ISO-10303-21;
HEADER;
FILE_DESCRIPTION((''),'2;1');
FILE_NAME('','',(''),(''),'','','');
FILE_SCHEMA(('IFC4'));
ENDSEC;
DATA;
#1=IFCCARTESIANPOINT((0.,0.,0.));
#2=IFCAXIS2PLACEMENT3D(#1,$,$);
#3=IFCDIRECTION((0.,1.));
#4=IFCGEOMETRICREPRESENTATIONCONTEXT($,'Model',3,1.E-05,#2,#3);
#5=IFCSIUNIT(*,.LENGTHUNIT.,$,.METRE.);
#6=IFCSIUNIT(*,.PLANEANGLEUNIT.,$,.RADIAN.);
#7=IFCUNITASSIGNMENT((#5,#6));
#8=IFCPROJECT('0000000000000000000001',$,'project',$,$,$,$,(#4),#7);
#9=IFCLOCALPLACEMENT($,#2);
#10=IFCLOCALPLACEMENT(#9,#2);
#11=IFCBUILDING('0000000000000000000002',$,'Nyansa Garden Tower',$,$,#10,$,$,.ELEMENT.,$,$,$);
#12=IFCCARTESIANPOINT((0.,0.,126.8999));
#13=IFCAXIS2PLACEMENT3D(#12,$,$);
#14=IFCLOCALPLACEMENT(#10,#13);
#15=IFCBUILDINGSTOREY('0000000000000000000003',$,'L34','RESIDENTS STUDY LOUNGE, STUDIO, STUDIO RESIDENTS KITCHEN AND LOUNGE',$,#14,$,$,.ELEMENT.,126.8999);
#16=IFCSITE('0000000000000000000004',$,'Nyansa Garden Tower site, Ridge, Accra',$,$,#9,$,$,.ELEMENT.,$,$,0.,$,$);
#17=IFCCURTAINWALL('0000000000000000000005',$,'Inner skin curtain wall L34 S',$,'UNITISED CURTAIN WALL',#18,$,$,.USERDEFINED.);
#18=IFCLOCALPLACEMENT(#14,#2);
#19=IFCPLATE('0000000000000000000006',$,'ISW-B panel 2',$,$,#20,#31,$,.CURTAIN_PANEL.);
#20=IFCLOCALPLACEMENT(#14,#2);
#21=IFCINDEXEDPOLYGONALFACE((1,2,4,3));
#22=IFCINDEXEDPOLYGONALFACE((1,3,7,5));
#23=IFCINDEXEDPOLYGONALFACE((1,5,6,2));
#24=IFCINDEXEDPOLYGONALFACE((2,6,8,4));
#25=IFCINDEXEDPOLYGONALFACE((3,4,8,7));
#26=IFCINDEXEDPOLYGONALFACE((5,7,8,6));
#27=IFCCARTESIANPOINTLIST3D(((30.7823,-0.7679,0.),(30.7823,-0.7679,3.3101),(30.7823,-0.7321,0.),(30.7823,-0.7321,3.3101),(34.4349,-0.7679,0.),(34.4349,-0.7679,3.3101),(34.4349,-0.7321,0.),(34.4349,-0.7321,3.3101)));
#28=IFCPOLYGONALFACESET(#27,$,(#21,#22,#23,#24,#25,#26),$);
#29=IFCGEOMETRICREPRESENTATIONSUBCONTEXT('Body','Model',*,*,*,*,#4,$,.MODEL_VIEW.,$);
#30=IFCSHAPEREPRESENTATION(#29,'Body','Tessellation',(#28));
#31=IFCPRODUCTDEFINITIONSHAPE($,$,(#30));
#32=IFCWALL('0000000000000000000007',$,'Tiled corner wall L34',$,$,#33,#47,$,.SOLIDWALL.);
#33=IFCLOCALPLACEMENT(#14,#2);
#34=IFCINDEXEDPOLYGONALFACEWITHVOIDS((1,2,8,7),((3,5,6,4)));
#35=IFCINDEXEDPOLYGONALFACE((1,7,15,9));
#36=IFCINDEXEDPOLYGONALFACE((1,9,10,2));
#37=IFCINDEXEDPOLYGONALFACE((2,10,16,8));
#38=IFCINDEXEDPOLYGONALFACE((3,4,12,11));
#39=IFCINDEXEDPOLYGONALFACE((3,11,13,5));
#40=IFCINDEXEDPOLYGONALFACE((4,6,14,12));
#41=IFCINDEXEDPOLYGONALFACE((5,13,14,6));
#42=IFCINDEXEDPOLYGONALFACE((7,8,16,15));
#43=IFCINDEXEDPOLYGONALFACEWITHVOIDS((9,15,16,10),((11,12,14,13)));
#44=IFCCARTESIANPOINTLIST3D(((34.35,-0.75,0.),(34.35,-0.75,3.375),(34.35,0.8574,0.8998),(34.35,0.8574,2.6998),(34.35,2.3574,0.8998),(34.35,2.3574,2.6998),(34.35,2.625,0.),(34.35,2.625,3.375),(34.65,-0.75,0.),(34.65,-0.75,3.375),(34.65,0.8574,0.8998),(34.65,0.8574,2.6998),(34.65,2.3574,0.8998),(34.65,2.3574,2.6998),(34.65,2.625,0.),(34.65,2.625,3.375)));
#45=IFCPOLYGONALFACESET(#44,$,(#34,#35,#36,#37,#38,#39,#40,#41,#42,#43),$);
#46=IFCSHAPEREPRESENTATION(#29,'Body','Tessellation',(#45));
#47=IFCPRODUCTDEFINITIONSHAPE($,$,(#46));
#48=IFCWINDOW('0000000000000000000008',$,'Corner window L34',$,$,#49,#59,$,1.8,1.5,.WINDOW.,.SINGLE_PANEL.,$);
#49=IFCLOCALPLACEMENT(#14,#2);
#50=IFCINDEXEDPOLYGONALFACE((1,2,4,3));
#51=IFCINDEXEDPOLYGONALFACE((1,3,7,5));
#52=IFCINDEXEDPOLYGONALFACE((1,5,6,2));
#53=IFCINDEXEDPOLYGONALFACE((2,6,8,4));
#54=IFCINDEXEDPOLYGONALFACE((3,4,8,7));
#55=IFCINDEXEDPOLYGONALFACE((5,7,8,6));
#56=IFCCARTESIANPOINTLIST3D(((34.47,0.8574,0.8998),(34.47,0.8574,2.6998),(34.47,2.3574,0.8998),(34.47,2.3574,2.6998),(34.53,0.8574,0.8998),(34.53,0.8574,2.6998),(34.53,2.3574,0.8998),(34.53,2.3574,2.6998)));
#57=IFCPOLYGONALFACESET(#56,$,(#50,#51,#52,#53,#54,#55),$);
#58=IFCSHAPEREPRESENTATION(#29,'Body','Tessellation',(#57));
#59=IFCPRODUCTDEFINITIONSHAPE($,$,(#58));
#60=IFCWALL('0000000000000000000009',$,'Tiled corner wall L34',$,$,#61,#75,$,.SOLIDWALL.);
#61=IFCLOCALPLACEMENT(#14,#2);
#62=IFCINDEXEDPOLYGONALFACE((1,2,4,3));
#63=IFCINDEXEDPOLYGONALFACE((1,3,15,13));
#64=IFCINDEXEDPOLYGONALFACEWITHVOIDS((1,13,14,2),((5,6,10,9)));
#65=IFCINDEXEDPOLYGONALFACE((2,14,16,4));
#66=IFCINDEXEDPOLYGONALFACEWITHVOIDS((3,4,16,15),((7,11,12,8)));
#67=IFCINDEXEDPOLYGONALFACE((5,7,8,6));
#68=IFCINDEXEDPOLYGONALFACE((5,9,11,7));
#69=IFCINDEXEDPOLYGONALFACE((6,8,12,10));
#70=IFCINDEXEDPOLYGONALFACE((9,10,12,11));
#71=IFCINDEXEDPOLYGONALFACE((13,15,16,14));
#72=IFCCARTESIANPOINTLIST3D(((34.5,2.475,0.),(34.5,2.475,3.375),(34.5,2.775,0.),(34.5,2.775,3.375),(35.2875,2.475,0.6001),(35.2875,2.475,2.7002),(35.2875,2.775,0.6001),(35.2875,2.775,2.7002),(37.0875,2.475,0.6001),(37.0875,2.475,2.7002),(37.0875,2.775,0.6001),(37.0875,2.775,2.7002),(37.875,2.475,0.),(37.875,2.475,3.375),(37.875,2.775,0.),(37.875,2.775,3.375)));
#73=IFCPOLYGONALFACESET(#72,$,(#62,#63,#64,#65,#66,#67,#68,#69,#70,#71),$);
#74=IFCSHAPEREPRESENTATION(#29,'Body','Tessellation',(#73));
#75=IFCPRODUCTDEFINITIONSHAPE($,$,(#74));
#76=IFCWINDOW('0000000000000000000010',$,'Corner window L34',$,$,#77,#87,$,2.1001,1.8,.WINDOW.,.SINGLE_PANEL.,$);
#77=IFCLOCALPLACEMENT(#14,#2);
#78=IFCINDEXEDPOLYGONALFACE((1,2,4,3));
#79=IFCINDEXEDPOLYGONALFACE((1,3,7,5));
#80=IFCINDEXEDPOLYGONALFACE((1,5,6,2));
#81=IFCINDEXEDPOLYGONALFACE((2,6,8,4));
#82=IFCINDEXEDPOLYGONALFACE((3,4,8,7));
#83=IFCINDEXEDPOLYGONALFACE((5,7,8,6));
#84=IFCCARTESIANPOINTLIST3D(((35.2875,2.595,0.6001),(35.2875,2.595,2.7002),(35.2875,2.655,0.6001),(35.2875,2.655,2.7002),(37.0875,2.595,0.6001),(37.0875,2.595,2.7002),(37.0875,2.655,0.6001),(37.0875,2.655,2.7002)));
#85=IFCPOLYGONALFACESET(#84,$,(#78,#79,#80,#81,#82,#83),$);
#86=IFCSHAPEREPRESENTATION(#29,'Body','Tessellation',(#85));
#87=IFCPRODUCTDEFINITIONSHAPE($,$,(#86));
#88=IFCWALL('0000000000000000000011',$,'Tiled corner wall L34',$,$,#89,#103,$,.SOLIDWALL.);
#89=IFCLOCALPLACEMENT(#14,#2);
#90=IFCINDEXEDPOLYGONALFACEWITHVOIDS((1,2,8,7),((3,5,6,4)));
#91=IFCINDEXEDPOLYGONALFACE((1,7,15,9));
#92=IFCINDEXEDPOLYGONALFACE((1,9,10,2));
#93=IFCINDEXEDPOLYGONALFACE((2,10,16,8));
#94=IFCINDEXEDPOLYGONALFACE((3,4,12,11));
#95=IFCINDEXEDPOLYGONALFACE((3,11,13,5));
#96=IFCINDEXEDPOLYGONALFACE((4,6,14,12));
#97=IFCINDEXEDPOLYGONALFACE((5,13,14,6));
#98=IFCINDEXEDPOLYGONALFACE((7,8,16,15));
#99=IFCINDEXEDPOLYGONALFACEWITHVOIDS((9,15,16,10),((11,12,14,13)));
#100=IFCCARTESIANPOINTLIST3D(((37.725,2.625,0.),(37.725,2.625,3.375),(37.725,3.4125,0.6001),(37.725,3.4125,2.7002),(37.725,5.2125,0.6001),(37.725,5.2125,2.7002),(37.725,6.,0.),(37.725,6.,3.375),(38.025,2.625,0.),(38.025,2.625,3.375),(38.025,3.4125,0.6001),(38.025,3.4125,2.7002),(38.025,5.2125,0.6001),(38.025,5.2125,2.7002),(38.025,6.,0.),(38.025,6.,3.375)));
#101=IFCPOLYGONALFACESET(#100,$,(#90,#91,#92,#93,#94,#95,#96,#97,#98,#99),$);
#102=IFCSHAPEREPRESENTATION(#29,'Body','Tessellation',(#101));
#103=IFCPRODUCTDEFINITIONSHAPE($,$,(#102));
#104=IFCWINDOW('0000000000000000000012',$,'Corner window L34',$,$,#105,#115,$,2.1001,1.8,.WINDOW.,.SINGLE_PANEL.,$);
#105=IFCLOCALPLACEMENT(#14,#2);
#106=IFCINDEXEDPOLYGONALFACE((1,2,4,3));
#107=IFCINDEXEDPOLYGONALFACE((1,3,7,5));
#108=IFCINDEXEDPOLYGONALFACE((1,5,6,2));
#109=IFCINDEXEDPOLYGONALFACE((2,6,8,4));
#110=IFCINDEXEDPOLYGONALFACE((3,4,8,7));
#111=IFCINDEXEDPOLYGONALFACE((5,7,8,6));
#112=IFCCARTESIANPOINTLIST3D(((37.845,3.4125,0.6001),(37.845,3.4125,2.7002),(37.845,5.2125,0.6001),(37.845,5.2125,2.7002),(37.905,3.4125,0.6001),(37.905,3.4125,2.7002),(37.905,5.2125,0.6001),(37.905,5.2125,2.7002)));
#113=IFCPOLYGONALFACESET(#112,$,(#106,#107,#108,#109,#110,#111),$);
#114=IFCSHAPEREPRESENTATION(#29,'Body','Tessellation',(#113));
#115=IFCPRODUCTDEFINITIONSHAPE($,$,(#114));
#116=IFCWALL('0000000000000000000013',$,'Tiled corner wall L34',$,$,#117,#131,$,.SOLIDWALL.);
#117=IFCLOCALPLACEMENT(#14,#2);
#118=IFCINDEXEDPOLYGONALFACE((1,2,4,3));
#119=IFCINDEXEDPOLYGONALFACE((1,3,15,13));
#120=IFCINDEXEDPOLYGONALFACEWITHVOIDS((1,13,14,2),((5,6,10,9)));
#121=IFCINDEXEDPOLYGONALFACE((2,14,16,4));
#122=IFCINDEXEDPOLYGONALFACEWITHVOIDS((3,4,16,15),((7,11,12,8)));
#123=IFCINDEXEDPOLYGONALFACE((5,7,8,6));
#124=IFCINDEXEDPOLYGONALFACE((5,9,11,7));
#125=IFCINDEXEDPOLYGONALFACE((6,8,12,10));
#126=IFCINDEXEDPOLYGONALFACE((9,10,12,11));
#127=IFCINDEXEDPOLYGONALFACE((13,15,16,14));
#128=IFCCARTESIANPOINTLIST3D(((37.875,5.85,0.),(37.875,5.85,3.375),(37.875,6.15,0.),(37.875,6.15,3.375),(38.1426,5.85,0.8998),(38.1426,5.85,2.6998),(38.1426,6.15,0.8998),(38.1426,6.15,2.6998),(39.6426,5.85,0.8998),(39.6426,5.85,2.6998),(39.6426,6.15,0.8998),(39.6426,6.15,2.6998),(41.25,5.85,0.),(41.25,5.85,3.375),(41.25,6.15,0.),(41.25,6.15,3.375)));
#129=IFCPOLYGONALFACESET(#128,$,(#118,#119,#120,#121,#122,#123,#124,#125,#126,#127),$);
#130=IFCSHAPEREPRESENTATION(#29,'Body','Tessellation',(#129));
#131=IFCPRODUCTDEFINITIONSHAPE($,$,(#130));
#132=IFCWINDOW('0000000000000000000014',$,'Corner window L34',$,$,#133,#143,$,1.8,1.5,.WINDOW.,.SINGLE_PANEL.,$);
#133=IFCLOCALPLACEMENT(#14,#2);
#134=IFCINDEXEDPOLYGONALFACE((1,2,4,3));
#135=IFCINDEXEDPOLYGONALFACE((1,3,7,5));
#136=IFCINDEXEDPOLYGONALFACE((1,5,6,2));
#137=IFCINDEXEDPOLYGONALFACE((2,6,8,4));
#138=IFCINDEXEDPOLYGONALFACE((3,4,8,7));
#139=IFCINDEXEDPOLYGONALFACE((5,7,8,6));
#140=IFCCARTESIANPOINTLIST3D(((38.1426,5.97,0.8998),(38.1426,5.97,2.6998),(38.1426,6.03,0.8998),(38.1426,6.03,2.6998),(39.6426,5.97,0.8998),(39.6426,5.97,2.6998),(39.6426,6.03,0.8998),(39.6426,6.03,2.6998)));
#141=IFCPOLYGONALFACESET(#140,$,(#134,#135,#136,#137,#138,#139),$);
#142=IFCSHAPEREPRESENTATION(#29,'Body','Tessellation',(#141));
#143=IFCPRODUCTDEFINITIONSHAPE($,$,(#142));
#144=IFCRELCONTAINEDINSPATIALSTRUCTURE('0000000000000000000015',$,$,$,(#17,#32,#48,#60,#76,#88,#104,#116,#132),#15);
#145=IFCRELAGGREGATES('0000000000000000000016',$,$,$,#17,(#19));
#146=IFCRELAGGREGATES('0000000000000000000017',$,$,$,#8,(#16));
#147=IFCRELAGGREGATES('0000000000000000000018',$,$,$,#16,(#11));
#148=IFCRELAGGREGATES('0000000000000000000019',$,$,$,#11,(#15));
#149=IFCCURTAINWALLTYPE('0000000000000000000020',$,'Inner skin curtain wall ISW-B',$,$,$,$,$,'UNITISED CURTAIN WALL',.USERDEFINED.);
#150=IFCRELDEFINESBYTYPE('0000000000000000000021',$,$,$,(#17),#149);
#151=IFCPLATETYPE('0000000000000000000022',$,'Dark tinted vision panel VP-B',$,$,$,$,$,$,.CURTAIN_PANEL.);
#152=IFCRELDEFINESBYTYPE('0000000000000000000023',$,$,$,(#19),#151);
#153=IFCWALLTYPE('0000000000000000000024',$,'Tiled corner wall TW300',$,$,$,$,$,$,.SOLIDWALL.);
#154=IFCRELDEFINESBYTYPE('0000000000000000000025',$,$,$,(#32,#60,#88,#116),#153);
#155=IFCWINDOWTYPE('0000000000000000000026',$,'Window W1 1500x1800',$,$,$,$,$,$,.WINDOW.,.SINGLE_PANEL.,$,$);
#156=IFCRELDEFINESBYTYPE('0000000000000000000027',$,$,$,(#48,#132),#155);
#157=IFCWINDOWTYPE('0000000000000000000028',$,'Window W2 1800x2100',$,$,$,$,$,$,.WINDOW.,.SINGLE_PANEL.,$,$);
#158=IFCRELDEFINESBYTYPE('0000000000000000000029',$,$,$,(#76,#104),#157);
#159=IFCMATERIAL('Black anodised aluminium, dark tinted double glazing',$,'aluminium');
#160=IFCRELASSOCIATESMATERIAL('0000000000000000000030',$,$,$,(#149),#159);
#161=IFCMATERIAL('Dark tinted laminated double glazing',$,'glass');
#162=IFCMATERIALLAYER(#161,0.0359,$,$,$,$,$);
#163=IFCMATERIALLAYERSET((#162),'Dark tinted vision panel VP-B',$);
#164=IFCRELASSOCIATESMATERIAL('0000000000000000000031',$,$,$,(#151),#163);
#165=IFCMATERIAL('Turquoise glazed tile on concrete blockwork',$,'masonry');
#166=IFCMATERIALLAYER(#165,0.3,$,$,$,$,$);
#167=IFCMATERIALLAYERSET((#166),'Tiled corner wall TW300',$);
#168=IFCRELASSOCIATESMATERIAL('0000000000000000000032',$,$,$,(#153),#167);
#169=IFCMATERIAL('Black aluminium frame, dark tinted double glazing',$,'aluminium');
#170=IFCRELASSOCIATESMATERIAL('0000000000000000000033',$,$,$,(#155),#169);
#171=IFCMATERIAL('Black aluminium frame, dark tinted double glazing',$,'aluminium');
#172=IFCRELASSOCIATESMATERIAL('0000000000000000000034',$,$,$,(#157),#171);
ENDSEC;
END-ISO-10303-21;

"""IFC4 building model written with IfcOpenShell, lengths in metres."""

from ifc_helpers import new_model, si_unit, direction, frame, frame_2d, origin, origin_2d, place, context, subcontext, project, spatial, rectangle, extrude, material, layer, layer_set, type_object, element, fill, aggregate, save


model = new_model("IFC4")

# Units and contexts
model_context = context("Model", 3, precision=1e-05, world=origin(), true_north=direction((0.0, 1.0)))
body_context = subcontext(model_context, "Body", "Model", "MODEL_VIEW")
ifc_project = project(units=[si_unit("LENGTHUNIT", "METRE"), si_unit("PLANEANGLEUNIT", "RADIAN")], contexts=[model_context])

# Site, building, storey
site_placement = place(None, origin())
site = spatial("IfcSite", under=ifc_project, at=site_placement, Name="Nyansa Garden Tower site, Ridge, Accra", CompositionType="ELEMENT", RefElevation=0.0)
building_placement = place(site_placement, origin())
building = spatial("IfcBuilding", under=site, at=building_placement, Name="Nyansa Garden Tower", CompositionType="ELEMENT")
storey_placement = place(building_placement, frame((0.0, 0.0, 126.8999)))
storey = spatial("IfcBuildingStorey", under=building, at=storey_placement, Name="L34", Description="RESIDENTS STUDY LOUNGE, STUDIO, STUDIO RESIDENTS KITCHEN AND LOUNGE", CompositionType="ELEMENT", Elevation=126.8999)

# Curtain wall
ifc_material_1 = material(Name="Black anodised aluminium, dark tinted double glazing", Category="aluminium")
curtain_wall_type = type_object("IfcCurtainWallType", Name="Inner skin curtain wall ISW-B", ElementType="UNITISED CURTAIN WALL", PredefinedType="USERDEFINED", material=ifc_material_1)
curtain_wall_placement = place(storey_placement, origin())
curtain_wall = element("IfcCurtainWall", 1, at=curtain_wall_placement, inside=storey, type_object=curtain_wall_type, Name="Inner skin curtain wall L34 S", ObjectType="UNITISED CURTAIN WALL", PredefinedType="USERDEFINED")

# Plate
ifc_material_2 = material(Name="Dark tinted laminated double glazing", Category="glass")
ifc_layer_1 = layer(ifc_material_2, 0.0359)
ifc_layer_set_1 = layer_set([ifc_layer_1], Name="Dark tinted vision panel VP-B")
plate_type = type_object("IfcPlateType", Name="Dark tinted vision panel VP-B", PredefinedType="CURTAIN_PANEL", material=ifc_layer_set_1)
plate_placement = place(storey_placement, frame((32.6086, -0.75, 0.0), z_axis=(0.0, 0.0, 1.0), x_axis=(1.0, 0.0, 0.0)))
plate = element("IfcPlate", 2, at=plate_placement, type_object=plate_type, Name="ISW-B panel 2", PredefinedType="CURTAIN_PANEL", context=body_context, shape_type="SweptSolid", body=[
    extrude(rectangle(XDim=3.6526, YDim=0.0359, at=origin_2d()), origin(), (0.0, 0.0, 1.0), 3.3101),
])
aggregate(curtain_wall, [plate])

# Walls, openings, windows
ifc_material_3 = material(Name="Turquoise glazed tile on concrete blockwork", Category="masonry")
ifc_layer_2 = layer(ifc_material_3, 0.3)
ifc_layer_set_2 = layer_set([ifc_layer_2], Name="Tiled corner wall TW300")
wall_type = type_object("IfcWallType", Name="Tiled corner wall TW300", PredefinedType="SOLIDWALL", material=ifc_layer_set_2)
wall_1_placement = place(storey_placement, frame((34.5, -0.75, 0.0), z_axis=(0.0, 0.0, 1.0), x_axis=(0.0, 1.0, 0.0)))
wall_1 = element("IfcWall", 3, at=wall_1_placement, inside=storey, type_object=wall_type, Name="Tiled corner wall L34", PredefinedType="SOLIDWALL", context=body_context, shape_type="SweptSolid", body=[
    extrude(rectangle(XDim=3.375, YDim=0.3, at=frame_2d((1.6875, 0.0))), origin(), (0.0, 0.0, 1.0), 3.375),
])
opening_1_placement = place(wall_1_placement, frame((1.6074, 0.0, 0.8999)))
opening_1 = element("IfcOpeningElement", 4, at=opening_1_placement, cuts=wall_1, PredefinedType="OPENING", context=body_context, shape_type="SweptSolid", body=[
    extrude(rectangle(XDim=1.5, YDim=1.8, at=frame_2d((0.75, 0.8999))), frame((0.0, 0.1599, 0.0), z_axis=(0.0, -1.0, 0.0), x_axis=(1.0, 0.0, 0.0)), (0.0, 0.0, 1.0), 0.3201),
])
ifc_material_4 = material(Name="Black aluminium frame, dark tinted double glazing", Category="aluminium")
window_type_1 = type_object("IfcWindowType", Name="Window W1 1500x1800", PartitioningType="SINGLE_PANEL", PredefinedType="WINDOW", material=ifc_material_4)
window_1_placement = place(opening_1_placement, origin())
window_1 = element("IfcWindow", 5, at=window_1_placement, inside=storey, type_object=window_type_1, Name="Corner window L34", OverallHeight=1.8, OverallWidth=1.5, PartitioningType="SINGLE_PANEL", PredefinedType="WINDOW", context=body_context, shape_type="SweptSolid", body=[
    extrude(rectangle(XDim=1.5, YDim=1.8, at=frame_2d((0.75, 0.8999))), frame((0.0, 0.03, 0.0), z_axis=(0.0, -1.0, 0.0), x_axis=(1.0, 0.0, 0.0)), (0.0, 0.0, 1.0), 0.0601),
])
fill(opening_1, window_1)
wall_2_placement = place(storey_placement, frame((34.5, 2.625, 0.0), z_axis=(0.0, 0.0, 1.0), x_axis=(1.0, 0.0, 0.0)))
wall_2 = element("IfcWall", 6, at=wall_2_placement, inside=storey, type_object=wall_type, Name="Tiled corner wall L34", PredefinedType="SOLIDWALL", context=body_context, shape_type="SweptSolid", body=[
    extrude(rectangle(XDim=3.375, YDim=0.3, at=frame_2d((1.6875, 0.0))), origin(), (0.0, 0.0, 1.0), 3.375),
])
opening_2_placement = place(wall_2_placement, frame((0.7876, 0.0, 0.6001)))
opening_2 = element("IfcOpeningElement", 7, at=opening_2_placement, cuts=wall_2, PredefinedType="OPENING", context=body_context, shape_type="SweptSolid", body=[
    extrude(rectangle(XDim=1.8, YDim=2.1001, at=frame_2d((0.8999, 1.05))), frame((0.0, 0.1599, 0.0), z_axis=(0.0, -1.0, 0.0), x_axis=(1.0, 0.0, 0.0)), (0.0, 0.0, 1.0), 0.3201),
])
ifc_material_5 = material(Name="Black aluminium frame, dark tinted double glazing", Category="aluminium")
window_type_2 = type_object("IfcWindowType", Name="Window W2 1800x2100", PartitioningType="SINGLE_PANEL", PredefinedType="WINDOW", material=ifc_material_5)
window_2_placement = place(opening_2_placement, origin())
window_2 = element("IfcWindow", 8, at=window_2_placement, inside=storey, type_object=window_type_2, Name="Corner window L34", OverallHeight=2.1001, OverallWidth=1.8, PartitioningType="SINGLE_PANEL", PredefinedType="WINDOW", context=body_context, shape_type="SweptSolid", body=[
    extrude(rectangle(XDim=1.8, YDim=2.1001, at=frame_2d((0.8999, 1.05))), frame((0.0, 0.03, 0.0), z_axis=(0.0, -1.0, 0.0), x_axis=(1.0, 0.0, 0.0)), (0.0, 0.0, 1.0), 0.0601),
])
fill(opening_2, window_2)
wall_3_placement = place(storey_placement, frame((37.875, 2.625, 0.0), z_axis=(0.0, 0.0, 1.0), x_axis=(0.0, 1.0, 0.0)))
wall_3 = element("IfcWall", 9, at=wall_3_placement, inside=storey, type_object=wall_type, Name="Tiled corner wall L34", PredefinedType="SOLIDWALL", context=body_context, shape_type="SweptSolid", body=[
    extrude(rectangle(XDim=3.375, YDim=0.3, at=frame_2d((1.6875, 0.0))), origin(), (0.0, 0.0, 1.0), 3.375),
])
opening_3_placement = place(wall_3_placement, frame((0.7876, 0.0, 0.6001)))
opening_3 = element("IfcOpeningElement", 10, at=opening_3_placement, cuts=wall_3, PredefinedType="OPENING", context=body_context, shape_type="SweptSolid", body=[
    extrude(rectangle(XDim=1.8, YDim=2.1001, at=frame_2d((0.8999, 1.05))), frame((0.0, 0.1599, 0.0), z_axis=(0.0, -1.0, 0.0), x_axis=(1.0, 0.0, 0.0)), (0.0, 0.0, 1.0), 0.3201),
])
window_3_placement = place(opening_3_placement, origin())
window_3 = element("IfcWindow", 11, at=window_3_placement, inside=storey, type_object=window_type_2, Name="Corner window L34", OverallHeight=2.1001, OverallWidth=1.8, PartitioningType="SINGLE_PANEL", PredefinedType="WINDOW", context=body_context, shape_type="SweptSolid", body=[
    extrude(rectangle(XDim=1.8, YDim=2.1001, at=frame_2d((0.8999, 1.05))), frame((0.0, 0.03, 0.0), z_axis=(0.0, -1.0, 0.0), x_axis=(1.0, 0.0, 0.0)), (0.0, 0.0, 1.0), 0.0601),
])
fill(opening_3, window_3)
wall_4_placement = place(storey_placement, frame((37.875, 6.0, 0.0), z_axis=(0.0, 0.0, 1.0), x_axis=(1.0, 0.0, 0.0)))
wall_4 = element("IfcWall", 12, at=wall_4_placement, inside=storey, type_object=wall_type, Name="Tiled corner wall L34", PredefinedType="SOLIDWALL", context=body_context, shape_type="SweptSolid", body=[
    extrude(rectangle(XDim=3.375, YDim=0.3, at=frame_2d((1.6875, 0.0))), origin(), (0.0, 0.0, 1.0), 3.375),
])
opening_4_placement = place(wall_4_placement, frame((0.2676, 0.0, 0.8999)))
opening_4 = element("IfcOpeningElement", 13, at=opening_4_placement, cuts=wall_4, PredefinedType="OPENING", context=body_context, shape_type="SweptSolid", body=[
    extrude(rectangle(XDim=1.5, YDim=1.8, at=frame_2d((0.75, 0.8999))), frame((0.0, 0.1599, 0.0), z_axis=(0.0, -1.0, 0.0), x_axis=(1.0, 0.0, 0.0)), (0.0, 0.0, 1.0), 0.3201),
])
window_4_placement = place(opening_4_placement, origin())
window_4 = element("IfcWindow", 14, at=window_4_placement, inside=storey, type_object=window_type_1, Name="Corner window L34", OverallHeight=1.8, OverallWidth=1.5, PartitioningType="SINGLE_PANEL", PredefinedType="WINDOW", context=body_context, shape_type="SweptSolid", body=[
    extrude(rectangle(XDim=1.5, YDim=1.8, at=frame_2d((0.75, 0.8999))), frame((0.0, 0.03, 0.0), z_axis=(0.0, -1.0, 0.0), x_axis=(1.0, 0.0, 0.0)), (0.0, 0.0, 1.0), 0.0601),
])
fill(opening_4, window_4)

save(model, "model.ifc")
